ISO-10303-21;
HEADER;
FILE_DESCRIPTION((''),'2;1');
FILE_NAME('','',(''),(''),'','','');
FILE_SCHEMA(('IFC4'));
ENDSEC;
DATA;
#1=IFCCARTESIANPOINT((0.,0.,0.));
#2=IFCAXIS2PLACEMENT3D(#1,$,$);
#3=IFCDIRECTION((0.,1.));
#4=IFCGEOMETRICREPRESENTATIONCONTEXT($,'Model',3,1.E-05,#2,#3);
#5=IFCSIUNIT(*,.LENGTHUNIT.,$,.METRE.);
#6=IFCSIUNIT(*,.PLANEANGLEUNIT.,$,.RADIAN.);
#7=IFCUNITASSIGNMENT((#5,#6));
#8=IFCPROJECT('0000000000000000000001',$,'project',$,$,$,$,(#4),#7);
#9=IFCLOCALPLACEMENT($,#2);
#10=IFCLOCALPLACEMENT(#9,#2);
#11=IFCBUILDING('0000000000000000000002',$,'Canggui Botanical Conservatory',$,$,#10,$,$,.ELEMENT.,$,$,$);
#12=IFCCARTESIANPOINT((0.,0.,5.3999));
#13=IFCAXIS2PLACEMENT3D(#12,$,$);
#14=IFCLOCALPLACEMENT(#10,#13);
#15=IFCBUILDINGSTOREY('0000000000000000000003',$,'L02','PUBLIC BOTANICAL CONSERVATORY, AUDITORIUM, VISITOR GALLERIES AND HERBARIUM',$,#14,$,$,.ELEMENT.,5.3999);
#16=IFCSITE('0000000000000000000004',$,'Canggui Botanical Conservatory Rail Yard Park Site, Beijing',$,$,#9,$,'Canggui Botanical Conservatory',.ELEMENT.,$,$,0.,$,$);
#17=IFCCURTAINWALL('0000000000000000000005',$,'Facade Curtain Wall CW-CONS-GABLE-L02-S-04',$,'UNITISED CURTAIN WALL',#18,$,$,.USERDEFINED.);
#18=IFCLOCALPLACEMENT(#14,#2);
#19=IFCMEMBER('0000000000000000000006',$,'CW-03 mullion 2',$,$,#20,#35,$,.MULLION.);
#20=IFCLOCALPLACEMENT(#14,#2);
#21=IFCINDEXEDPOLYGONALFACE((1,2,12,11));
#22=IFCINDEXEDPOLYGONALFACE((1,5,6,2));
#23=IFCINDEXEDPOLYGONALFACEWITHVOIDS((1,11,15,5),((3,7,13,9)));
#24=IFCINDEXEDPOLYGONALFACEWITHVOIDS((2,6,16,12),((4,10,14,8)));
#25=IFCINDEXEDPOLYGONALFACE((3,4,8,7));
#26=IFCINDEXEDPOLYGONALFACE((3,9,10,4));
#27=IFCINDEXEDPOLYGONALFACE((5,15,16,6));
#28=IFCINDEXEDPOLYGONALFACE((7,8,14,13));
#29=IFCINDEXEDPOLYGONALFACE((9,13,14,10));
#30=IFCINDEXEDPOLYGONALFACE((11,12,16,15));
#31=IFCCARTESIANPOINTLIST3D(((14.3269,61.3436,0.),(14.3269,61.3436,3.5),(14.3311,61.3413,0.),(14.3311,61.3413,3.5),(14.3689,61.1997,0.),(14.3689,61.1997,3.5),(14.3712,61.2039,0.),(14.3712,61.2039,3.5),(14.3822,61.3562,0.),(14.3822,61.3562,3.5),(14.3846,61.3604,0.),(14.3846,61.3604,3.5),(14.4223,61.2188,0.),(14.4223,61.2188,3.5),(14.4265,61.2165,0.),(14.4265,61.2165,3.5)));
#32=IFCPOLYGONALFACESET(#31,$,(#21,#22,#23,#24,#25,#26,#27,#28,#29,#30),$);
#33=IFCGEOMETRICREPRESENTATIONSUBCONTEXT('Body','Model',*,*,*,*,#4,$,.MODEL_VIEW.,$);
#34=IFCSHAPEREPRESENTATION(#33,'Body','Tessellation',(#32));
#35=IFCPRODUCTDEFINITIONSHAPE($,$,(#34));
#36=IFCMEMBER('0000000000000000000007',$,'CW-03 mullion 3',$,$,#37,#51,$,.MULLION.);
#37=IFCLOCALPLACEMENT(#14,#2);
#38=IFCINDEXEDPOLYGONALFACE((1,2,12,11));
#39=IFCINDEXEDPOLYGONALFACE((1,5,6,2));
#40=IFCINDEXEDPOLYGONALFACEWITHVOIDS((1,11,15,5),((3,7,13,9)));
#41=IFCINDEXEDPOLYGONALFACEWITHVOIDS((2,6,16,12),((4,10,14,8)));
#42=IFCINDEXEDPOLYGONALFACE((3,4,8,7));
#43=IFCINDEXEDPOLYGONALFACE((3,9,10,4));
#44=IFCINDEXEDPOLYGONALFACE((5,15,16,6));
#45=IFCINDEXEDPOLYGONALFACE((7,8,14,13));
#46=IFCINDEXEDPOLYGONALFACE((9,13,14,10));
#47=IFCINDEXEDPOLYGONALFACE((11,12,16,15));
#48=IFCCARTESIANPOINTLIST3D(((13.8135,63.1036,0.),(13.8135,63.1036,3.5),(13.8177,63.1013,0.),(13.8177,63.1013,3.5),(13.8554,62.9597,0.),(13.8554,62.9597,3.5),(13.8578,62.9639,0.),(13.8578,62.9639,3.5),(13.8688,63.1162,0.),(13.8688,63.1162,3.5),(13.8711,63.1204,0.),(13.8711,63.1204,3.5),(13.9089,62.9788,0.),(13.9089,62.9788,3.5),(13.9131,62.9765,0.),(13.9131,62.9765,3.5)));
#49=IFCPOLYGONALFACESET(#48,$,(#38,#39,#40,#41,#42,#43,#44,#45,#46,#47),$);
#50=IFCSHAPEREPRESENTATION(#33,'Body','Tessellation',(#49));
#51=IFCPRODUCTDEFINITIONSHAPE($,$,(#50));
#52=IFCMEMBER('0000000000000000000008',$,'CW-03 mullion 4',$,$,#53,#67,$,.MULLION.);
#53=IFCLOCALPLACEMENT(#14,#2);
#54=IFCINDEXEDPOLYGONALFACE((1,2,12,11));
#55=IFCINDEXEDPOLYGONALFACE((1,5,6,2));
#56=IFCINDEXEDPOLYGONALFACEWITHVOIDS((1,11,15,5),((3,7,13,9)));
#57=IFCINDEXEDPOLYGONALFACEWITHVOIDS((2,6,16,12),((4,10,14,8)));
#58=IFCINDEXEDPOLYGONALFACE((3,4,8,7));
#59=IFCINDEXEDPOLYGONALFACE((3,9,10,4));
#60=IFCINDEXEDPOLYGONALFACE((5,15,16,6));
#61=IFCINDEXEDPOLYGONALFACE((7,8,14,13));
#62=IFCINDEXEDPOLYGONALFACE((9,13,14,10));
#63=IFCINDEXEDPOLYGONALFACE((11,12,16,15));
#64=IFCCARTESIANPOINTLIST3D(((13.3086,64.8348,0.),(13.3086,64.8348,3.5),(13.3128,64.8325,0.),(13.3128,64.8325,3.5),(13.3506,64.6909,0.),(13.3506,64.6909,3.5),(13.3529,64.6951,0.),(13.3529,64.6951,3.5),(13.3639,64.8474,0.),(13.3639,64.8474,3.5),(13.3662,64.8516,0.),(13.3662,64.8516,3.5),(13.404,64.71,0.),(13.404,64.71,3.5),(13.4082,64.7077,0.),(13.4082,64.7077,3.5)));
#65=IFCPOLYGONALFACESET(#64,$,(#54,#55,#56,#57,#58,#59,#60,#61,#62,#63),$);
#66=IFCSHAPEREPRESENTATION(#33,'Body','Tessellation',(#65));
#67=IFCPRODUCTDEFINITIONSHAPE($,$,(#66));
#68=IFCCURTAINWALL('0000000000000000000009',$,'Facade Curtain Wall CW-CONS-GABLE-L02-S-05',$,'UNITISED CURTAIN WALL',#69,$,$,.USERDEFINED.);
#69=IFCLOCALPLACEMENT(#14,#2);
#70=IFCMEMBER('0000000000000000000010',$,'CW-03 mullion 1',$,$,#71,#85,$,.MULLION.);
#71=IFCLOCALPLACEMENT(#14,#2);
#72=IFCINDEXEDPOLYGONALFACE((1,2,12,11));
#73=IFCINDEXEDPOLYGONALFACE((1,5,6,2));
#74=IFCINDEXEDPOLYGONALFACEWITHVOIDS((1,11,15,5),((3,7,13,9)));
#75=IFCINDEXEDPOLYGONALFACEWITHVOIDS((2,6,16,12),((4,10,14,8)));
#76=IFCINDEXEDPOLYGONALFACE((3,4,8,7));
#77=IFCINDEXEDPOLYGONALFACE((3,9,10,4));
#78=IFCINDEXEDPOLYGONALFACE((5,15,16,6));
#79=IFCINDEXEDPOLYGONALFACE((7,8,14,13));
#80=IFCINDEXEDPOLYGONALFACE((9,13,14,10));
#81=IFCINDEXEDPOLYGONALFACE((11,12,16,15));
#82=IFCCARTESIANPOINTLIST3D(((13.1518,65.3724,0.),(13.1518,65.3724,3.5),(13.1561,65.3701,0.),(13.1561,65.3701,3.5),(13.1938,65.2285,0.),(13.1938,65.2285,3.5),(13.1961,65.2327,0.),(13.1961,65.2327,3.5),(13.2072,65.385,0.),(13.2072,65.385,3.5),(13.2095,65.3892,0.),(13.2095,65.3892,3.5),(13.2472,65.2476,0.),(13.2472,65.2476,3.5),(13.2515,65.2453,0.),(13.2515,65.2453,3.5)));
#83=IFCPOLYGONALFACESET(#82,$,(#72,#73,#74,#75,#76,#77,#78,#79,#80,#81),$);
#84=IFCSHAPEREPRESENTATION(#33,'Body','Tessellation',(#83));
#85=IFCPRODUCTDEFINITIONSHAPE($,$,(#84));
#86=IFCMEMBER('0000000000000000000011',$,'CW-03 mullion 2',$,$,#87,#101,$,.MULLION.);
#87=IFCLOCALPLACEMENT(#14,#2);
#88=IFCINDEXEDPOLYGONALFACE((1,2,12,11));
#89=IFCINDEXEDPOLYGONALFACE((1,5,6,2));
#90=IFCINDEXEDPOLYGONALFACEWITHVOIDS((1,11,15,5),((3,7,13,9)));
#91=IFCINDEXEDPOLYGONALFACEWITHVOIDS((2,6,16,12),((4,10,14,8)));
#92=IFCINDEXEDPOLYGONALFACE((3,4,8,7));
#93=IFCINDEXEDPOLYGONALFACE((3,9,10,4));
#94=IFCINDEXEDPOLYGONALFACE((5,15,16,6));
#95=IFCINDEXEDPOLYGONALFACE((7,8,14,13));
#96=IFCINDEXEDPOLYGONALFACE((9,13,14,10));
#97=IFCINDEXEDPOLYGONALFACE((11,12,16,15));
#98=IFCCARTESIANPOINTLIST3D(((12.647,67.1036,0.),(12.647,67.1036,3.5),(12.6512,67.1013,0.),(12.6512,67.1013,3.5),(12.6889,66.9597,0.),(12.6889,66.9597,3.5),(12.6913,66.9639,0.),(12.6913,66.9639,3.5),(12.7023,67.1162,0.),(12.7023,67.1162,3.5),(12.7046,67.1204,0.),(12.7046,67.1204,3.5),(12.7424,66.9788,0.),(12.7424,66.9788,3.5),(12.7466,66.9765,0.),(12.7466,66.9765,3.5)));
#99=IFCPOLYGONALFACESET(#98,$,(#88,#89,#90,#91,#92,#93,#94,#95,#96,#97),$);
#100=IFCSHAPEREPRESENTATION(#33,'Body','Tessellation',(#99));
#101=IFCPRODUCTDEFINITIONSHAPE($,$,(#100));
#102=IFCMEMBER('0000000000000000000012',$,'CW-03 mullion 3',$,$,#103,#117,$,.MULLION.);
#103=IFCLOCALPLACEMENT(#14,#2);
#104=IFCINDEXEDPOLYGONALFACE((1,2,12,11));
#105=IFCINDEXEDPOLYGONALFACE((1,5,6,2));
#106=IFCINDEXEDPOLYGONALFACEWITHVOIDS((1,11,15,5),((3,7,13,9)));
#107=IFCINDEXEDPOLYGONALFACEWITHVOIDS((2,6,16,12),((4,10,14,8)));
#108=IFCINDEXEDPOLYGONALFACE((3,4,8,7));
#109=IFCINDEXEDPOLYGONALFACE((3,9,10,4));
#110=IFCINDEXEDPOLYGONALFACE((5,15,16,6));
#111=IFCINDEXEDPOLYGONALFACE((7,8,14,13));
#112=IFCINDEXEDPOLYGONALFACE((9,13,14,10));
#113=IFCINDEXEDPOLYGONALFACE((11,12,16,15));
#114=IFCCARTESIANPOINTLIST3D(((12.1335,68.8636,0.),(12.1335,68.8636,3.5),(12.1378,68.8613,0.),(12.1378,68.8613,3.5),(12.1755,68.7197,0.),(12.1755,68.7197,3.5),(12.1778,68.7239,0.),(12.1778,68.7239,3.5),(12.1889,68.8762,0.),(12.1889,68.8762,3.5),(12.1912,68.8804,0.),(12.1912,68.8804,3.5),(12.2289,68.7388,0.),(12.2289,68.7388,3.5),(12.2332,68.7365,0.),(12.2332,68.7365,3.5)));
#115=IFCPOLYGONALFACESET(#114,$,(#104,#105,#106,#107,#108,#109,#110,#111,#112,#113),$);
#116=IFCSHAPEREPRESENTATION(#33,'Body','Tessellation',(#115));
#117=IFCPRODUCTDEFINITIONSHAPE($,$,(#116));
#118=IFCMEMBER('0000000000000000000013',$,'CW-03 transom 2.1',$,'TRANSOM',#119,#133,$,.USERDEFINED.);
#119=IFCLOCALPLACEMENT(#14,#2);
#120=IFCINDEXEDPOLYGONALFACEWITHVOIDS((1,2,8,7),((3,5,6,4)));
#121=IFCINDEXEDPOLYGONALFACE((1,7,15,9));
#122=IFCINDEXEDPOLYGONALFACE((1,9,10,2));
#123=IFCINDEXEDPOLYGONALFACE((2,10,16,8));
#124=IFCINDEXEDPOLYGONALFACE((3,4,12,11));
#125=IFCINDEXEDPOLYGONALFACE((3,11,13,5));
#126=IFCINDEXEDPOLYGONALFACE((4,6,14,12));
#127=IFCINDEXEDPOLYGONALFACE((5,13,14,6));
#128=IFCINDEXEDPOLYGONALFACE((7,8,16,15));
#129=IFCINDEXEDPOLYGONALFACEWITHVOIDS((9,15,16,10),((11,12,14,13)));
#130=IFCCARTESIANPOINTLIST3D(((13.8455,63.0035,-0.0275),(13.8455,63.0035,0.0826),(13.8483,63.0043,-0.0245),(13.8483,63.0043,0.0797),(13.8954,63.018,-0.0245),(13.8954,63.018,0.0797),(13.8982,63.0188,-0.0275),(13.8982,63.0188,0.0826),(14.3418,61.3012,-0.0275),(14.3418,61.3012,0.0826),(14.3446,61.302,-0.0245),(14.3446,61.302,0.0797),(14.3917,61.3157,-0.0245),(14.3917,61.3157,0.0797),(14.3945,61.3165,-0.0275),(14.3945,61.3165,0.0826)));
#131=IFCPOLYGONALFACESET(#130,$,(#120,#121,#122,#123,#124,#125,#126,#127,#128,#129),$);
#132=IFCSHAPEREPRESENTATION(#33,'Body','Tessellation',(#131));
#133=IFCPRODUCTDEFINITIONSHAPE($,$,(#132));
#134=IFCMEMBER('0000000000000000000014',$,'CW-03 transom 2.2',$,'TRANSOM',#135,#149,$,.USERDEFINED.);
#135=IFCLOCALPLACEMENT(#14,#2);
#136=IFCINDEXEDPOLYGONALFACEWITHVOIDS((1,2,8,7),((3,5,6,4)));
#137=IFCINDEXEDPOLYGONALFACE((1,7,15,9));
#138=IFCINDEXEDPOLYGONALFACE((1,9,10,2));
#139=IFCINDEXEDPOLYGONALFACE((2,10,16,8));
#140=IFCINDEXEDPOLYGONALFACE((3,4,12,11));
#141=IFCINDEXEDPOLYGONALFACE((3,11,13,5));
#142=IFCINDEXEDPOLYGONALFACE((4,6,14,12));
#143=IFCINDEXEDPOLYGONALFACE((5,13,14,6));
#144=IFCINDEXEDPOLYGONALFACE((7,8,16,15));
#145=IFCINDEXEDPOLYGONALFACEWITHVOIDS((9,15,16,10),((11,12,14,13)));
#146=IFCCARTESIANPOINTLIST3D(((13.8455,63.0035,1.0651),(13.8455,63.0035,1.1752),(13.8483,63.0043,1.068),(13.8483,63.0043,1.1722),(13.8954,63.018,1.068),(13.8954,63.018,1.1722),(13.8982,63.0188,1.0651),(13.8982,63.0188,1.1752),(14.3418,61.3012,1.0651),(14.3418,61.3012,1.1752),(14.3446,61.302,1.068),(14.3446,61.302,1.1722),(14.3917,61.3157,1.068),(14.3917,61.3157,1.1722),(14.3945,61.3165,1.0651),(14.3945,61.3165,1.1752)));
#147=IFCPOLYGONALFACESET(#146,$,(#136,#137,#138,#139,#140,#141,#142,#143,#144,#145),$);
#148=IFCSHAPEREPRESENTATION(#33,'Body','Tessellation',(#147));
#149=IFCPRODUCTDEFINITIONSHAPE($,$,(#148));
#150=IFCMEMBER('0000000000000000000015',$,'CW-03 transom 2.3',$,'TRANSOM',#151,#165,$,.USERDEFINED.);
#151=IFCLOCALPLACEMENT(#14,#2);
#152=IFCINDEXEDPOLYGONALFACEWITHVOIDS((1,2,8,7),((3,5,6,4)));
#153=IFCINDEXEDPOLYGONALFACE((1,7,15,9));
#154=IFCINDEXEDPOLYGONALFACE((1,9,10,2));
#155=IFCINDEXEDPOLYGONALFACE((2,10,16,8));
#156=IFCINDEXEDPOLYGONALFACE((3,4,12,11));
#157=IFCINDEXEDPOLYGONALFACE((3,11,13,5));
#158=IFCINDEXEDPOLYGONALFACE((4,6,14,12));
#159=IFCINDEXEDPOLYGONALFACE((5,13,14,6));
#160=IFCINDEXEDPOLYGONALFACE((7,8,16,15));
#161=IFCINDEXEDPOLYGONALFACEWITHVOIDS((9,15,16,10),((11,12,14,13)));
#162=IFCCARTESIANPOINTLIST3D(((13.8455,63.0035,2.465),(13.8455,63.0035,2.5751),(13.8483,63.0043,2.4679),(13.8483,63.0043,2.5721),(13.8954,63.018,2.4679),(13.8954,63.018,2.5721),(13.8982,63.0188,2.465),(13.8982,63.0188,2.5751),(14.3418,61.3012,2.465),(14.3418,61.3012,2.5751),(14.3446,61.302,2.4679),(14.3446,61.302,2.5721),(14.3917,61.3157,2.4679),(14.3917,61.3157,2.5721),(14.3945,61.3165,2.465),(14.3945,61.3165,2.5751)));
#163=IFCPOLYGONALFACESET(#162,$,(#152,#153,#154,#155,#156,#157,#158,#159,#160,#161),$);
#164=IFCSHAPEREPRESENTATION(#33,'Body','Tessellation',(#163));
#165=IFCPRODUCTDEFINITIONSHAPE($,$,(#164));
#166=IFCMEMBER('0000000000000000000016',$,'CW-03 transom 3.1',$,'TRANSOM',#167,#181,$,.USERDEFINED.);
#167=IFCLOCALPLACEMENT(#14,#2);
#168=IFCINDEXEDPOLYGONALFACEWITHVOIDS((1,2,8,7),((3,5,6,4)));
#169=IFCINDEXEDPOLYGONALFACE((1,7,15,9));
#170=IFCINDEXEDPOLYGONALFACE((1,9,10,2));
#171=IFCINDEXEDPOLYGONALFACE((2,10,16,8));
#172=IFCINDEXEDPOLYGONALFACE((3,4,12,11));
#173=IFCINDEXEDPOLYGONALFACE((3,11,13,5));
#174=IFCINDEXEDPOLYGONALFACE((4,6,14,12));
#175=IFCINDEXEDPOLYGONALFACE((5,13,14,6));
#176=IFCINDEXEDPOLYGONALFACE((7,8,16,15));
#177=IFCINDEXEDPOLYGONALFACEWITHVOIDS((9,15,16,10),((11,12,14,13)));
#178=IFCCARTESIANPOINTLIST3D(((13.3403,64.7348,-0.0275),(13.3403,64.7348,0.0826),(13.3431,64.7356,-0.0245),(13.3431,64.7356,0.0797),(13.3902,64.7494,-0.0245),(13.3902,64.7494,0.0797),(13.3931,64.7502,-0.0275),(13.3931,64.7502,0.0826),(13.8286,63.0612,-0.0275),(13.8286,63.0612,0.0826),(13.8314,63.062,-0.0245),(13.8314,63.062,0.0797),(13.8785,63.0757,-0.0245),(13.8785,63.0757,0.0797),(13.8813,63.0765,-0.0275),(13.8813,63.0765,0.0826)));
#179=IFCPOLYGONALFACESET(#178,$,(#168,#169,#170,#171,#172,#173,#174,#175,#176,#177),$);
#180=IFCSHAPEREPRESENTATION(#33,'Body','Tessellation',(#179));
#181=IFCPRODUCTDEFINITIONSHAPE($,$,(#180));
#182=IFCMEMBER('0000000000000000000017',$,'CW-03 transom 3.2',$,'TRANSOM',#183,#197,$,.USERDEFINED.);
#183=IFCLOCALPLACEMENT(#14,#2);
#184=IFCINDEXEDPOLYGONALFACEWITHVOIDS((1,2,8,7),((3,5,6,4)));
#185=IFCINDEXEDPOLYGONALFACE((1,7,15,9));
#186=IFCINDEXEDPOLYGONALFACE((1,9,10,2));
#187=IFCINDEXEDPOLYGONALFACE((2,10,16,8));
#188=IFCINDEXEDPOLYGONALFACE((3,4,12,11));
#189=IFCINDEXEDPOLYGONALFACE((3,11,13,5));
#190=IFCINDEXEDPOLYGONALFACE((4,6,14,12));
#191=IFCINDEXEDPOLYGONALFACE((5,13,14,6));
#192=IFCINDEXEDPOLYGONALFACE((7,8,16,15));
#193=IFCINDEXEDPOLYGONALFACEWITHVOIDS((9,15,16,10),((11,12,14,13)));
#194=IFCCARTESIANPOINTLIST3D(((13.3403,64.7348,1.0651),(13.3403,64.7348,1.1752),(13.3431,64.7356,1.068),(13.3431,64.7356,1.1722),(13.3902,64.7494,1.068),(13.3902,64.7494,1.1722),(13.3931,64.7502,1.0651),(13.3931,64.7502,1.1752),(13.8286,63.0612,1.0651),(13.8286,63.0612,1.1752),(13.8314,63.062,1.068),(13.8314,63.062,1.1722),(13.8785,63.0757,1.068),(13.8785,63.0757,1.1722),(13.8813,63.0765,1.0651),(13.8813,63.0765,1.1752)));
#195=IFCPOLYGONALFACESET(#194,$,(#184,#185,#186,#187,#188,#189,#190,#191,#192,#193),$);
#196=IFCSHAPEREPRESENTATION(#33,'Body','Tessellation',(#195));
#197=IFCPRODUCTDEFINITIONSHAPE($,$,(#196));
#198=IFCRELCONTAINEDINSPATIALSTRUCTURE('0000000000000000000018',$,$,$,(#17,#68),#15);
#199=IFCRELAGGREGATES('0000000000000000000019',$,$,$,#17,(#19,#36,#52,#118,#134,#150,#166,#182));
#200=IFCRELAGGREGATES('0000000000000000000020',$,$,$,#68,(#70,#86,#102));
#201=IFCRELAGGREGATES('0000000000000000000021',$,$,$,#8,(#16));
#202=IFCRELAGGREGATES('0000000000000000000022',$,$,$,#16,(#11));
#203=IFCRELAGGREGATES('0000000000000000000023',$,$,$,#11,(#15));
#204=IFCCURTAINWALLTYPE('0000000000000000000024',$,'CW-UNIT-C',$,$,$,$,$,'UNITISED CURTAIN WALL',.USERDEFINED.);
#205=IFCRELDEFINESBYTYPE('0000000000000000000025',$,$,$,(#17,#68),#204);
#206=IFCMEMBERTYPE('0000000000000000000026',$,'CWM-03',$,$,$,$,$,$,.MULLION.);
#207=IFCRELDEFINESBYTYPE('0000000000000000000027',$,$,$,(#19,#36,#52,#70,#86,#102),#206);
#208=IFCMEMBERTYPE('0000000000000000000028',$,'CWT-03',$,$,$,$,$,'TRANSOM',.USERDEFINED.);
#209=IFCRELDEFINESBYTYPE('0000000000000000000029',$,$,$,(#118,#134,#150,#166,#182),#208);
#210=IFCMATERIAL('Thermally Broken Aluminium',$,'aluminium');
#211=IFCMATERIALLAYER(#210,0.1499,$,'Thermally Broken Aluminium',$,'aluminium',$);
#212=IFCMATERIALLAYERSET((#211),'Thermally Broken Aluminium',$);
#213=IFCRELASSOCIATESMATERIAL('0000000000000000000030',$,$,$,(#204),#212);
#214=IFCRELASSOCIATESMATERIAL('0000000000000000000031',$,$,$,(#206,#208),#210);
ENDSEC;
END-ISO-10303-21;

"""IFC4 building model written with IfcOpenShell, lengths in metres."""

from ifc_helpers import new_model, si_unit, direction, frame, origin, origin_2d, place, context, subcontext, project, spatial, hollow_rectangle, extrude, material, layer, layer_set, material_profile, profile_set, type_object, element, aggregate, save


model = new_model("IFC4")

# Units and contexts
model_context = context("Model", 3, precision=1e-05, world=origin(), true_north=direction((0.0, 1.0)))
body_context = subcontext(model_context, "Body", "Model", "MODEL_VIEW")
ifc_project = project(units=[si_unit("LENGTHUNIT", "METRE"), si_unit("PLANEANGLEUNIT", "RADIAN")], contexts=[model_context])

# Site, building, storey
site_placement = place(None, origin())
site = spatial("IfcSite", under=ifc_project, at=site_placement, Name="Canggui Botanical Conservatory Rail Yard Park Site, Beijing", LongName="Canggui Botanical Conservatory", CompositionType="ELEMENT", RefElevation=0.0)
building_placement = place(site_placement, origin())
building = spatial("IfcBuilding", under=site, at=building_placement, Name="Canggui Botanical Conservatory", CompositionType="ELEMENT")
storey_placement = place(building_placement, frame((0.0, 0.0, 5.3999)))
storey = spatial("IfcBuildingStorey", under=building, at=storey_placement, Name="L02", Description="PUBLIC BOTANICAL CONSERVATORY, AUDITORIUM, VISITOR GALLERIES AND HERBARIUM", CompositionType="ELEMENT", Elevation=5.3999)

# Curtain walls, members
ifc_material_1 = material(Name="Thermally Broken Aluminium", Category="aluminium")
ifc_layer_1 = layer(ifc_material_1, 0.1499, Name="Thermally Broken Aluminium", Category="aluminium")
ifc_layer_set_1 = layer_set([ifc_layer_1], Name="Thermally Broken Aluminium")
curtain_wall_type = type_object("IfcCurtainWallType", Name="CW-UNIT-C", ElementType="UNITISED CURTAIN WALL", PredefinedType="USERDEFINED", material=ifc_layer_set_1)
curtain_wall_1_placement = place(storey_placement, origin())
curtain_wall_1 = element("IfcCurtainWall", 1, at=curtain_wall_1_placement, inside=storey, type_object=curtain_wall_type, Name="Facade Curtain Wall CW-CONS-GABLE-L02-S-04", ObjectType="UNITISED CURTAIN WALL", PredefinedType="USERDEFINED")
ifc_material_profile_1 = material_profile(ifc_material_1, hollow_rectangle(XDim=0.0601, YDim=0.1499, WallThickness=0.0034, at=origin_2d()), Name="CWM 60x150x3.5")
ifc_profile_set_1 = profile_set([ifc_material_profile_1], Name="Thermally Broken Aluminium")
member_type_1 = type_object("IfcMemberType", Name="CWM-03", PredefinedType="MULLION", material=ifc_profile_set_1)
member_1_placement = place(storey_placement, frame((14.3767, 61.28, 0.0), z_axis=(0.0, 0.0, 1.0), x_axis=(-0.96, -0.28, 0.0)))
member_1 = element("IfcMember", 2, at=member_1_placement, type_object=member_type_1, Name="CW-03 mullion 2", PredefinedType="MULLION", context=body_context, shape_type="SweptSolid", body=[
    extrude(hollow_rectangle(XDim=0.0601, YDim=0.1499, WallThickness=0.0034, at=origin_2d()), origin(), (0.0, 0.0, 1.0), 3.5),
])
member_2_placement = place(storey_placement, frame((13.8633, 63.04, 0.0), z_axis=(0.0, 0.0, 1.0), x_axis=(-0.96, -0.28, 0.0)))
member_2 = element("IfcMember", 3, at=member_2_placement, type_object=member_type_1, Name="CW-03 mullion 3", PredefinedType="MULLION", context=body_context, shape_type="SweptSolid", body=[
    extrude(hollow_rectangle(XDim=0.0601, YDim=0.1499, WallThickness=0.0034, at=origin_2d()), origin(), (0.0, 0.0, 1.0), 3.5),
])
member_3_placement = place(storey_placement, frame((13.3584, 64.7712, 0.0), z_axis=(0.0, 0.0, 1.0), x_axis=(-0.96, -0.28, 0.0)))
member_3 = element("IfcMember", 4, at=member_3_placement, type_object=member_type_1, Name="CW-03 mullion 4", PredefinedType="MULLION", context=body_context, shape_type="SweptSolid", body=[
    extrude(hollow_rectangle(XDim=0.0601, YDim=0.1499, WallThickness=0.0034, at=origin_2d()), origin(), (0.0, 0.0, 1.0), 3.5),
])
curtain_wall_2_placement = place(storey_placement, origin())
curtain_wall_2 = element("IfcCurtainWall", 5, at=curtain_wall_2_placement, inside=storey, type_object=curtain_wall_type, Name="Facade Curtain Wall CW-CONS-GABLE-L02-S-05", ObjectType="UNITISED CURTAIN WALL", PredefinedType="USERDEFINED")
member_4_placement = place(storey_placement, frame((13.2017, 65.3088, 0.0), z_axis=(0.0, 0.0, 1.0), x_axis=(-0.96, -0.28, 0.0)))
member_4 = element("IfcMember", 6, at=member_4_placement, type_object=member_type_1, Name="CW-03 mullion 1", PredefinedType="MULLION", context=body_context, shape_type="SweptSolid", body=[
    extrude(hollow_rectangle(XDim=0.0601, YDim=0.1499, WallThickness=0.0034, at=origin_2d()), origin(), (0.0, 0.0, 1.0), 3.5),
])
member_5_placement = place(storey_placement, frame((12.6968, 67.04, 0.0), z_axis=(0.0, 0.0, 1.0), x_axis=(-0.96, -0.28, 0.0)))
member_5 = element("IfcMember", 7, at=member_5_placement, type_object=member_type_1, Name="CW-03 mullion 2", PredefinedType="MULLION", context=body_context, shape_type="SweptSolid", body=[
    extrude(hollow_rectangle(XDim=0.0601, YDim=0.1499, WallThickness=0.0034, at=origin_2d()), origin(), (0.0, 0.0, 1.0), 3.5),
])
member_6_placement = place(storey_placement, frame((12.1833, 68.8, 0.0), z_axis=(0.0, 0.0, 1.0), x_axis=(-0.96, -0.28, 0.0)))
member_6 = element("IfcMember", 8, at=member_6_placement, type_object=member_type_1, Name="CW-03 mullion 3", PredefinedType="MULLION", context=body_context, shape_type="SweptSolid", body=[
    extrude(hollow_rectangle(XDim=0.0601, YDim=0.1499, WallThickness=0.0034, at=origin_2d()), origin(), (0.0, 0.0, 1.0), 3.5),
])

# Members
ifc_material_profile_2 = material_profile(ifc_material_1, hollow_rectangle(XDim=0.0549, YDim=0.1101, WallThickness=0.0029, at=origin_2d()), Name="CWT 55x110x3")
ifc_profile_set_2 = profile_set([ifc_material_profile_2], Name="Thermally Broken Aluminium")
member_type_2 = type_object("IfcMemberType", Name="CWT-03", ElementType="TRANSOM", PredefinedType="USERDEFINED", material=ifc_profile_set_2)
member_7_placement = place(storey_placement, frame((14.3682, 61.3088, 0.0276), z_axis=(-0.2799, 0.960029, 0.0), x_axis=(-0.960029, -0.2799, 0.0)))
member_7 = element("IfcMember", 9, at=member_7_placement, type_object=member_type_2, Name="CW-03 transom 2.1", ObjectType="TRANSOM", PredefinedType="USERDEFINED", context=body_context, shape_type="SweptSolid", body=[
    extrude(hollow_rectangle(XDim=0.0549, YDim=0.1101, WallThickness=0.0029, at=origin_2d()), origin(), (0.0, 0.0, 1.0), 1.7732),
])
member_8_placement = place(storey_placement, frame((14.3682, 61.3088, 1.1201), z_axis=(-0.2799, 0.960029, 0.0), x_axis=(-0.960029, -0.2799, 0.0)))
member_8 = element("IfcMember", 10, at=member_8_placement, type_object=member_type_2, Name="CW-03 transom 2.2", ObjectType="TRANSOM", PredefinedType="USERDEFINED", context=body_context, shape_type="SweptSolid", body=[
    extrude(hollow_rectangle(XDim=0.0549, YDim=0.1101, WallThickness=0.0029, at=origin_2d()), origin(), (0.0, 0.0, 1.0), 1.7732),
])
member_9_placement = place(storey_placement, frame((14.3682, 61.3088, 2.52), z_axis=(-0.2799, 0.960029, 0.0), x_axis=(-0.960029, -0.2799, 0.0)))
member_9 = element("IfcMember", 11, at=member_9_placement, type_object=member_type_2, Name="CW-03 transom 2.3", ObjectType="TRANSOM", PredefinedType="USERDEFINED", context=body_context, shape_type="SweptSolid", body=[
    extrude(hollow_rectangle(XDim=0.0549, YDim=0.1101, WallThickness=0.0029, at=origin_2d()), origin(), (0.0, 0.0, 1.0), 1.7732),
])
member_10_placement = place(storey_placement, frame((13.855, 63.0688, 0.0276), z_axis=(-0.280081, 0.959976, 0.0), x_axis=(-0.959976, -0.280081, 0.0)))
member_10 = element("IfcMember", 12, at=member_10_placement, type_object=member_type_2, Name="CW-03 transom 3.1", ObjectType="TRANSOM", PredefinedType="USERDEFINED", context=body_context, shape_type="SweptSolid", body=[
    extrude(hollow_rectangle(XDim=0.0549, YDim=0.1101, WallThickness=0.0029, at=origin_2d()), origin(), (0.0, 0.0, 1.0), 1.7434),
])
member_11_placement = place(storey_placement, frame((13.855, 63.0688, 1.1201), z_axis=(-0.280081, 0.959976, 0.0), x_axis=(-0.959976, -0.280081, 0.0)))
member_11 = element("IfcMember", 13, at=member_11_placement, type_object=member_type_2, Name="CW-03 transom 3.2", ObjectType="TRANSOM", PredefinedType="USERDEFINED", context=body_context, shape_type="SweptSolid", body=[
    extrude(hollow_rectangle(XDim=0.0549, YDim=0.1101, WallThickness=0.0029, at=origin_2d()), origin(), (0.0, 0.0, 1.0), 1.7434),
])

aggregate(curtain_wall_1, [member_1, member_2, member_3, member_7, member_8, member_9, member_10, member_11])
aggregate(curtain_wall_2, [member_4, member_5, member_6])

save(model, "model.ifc")
